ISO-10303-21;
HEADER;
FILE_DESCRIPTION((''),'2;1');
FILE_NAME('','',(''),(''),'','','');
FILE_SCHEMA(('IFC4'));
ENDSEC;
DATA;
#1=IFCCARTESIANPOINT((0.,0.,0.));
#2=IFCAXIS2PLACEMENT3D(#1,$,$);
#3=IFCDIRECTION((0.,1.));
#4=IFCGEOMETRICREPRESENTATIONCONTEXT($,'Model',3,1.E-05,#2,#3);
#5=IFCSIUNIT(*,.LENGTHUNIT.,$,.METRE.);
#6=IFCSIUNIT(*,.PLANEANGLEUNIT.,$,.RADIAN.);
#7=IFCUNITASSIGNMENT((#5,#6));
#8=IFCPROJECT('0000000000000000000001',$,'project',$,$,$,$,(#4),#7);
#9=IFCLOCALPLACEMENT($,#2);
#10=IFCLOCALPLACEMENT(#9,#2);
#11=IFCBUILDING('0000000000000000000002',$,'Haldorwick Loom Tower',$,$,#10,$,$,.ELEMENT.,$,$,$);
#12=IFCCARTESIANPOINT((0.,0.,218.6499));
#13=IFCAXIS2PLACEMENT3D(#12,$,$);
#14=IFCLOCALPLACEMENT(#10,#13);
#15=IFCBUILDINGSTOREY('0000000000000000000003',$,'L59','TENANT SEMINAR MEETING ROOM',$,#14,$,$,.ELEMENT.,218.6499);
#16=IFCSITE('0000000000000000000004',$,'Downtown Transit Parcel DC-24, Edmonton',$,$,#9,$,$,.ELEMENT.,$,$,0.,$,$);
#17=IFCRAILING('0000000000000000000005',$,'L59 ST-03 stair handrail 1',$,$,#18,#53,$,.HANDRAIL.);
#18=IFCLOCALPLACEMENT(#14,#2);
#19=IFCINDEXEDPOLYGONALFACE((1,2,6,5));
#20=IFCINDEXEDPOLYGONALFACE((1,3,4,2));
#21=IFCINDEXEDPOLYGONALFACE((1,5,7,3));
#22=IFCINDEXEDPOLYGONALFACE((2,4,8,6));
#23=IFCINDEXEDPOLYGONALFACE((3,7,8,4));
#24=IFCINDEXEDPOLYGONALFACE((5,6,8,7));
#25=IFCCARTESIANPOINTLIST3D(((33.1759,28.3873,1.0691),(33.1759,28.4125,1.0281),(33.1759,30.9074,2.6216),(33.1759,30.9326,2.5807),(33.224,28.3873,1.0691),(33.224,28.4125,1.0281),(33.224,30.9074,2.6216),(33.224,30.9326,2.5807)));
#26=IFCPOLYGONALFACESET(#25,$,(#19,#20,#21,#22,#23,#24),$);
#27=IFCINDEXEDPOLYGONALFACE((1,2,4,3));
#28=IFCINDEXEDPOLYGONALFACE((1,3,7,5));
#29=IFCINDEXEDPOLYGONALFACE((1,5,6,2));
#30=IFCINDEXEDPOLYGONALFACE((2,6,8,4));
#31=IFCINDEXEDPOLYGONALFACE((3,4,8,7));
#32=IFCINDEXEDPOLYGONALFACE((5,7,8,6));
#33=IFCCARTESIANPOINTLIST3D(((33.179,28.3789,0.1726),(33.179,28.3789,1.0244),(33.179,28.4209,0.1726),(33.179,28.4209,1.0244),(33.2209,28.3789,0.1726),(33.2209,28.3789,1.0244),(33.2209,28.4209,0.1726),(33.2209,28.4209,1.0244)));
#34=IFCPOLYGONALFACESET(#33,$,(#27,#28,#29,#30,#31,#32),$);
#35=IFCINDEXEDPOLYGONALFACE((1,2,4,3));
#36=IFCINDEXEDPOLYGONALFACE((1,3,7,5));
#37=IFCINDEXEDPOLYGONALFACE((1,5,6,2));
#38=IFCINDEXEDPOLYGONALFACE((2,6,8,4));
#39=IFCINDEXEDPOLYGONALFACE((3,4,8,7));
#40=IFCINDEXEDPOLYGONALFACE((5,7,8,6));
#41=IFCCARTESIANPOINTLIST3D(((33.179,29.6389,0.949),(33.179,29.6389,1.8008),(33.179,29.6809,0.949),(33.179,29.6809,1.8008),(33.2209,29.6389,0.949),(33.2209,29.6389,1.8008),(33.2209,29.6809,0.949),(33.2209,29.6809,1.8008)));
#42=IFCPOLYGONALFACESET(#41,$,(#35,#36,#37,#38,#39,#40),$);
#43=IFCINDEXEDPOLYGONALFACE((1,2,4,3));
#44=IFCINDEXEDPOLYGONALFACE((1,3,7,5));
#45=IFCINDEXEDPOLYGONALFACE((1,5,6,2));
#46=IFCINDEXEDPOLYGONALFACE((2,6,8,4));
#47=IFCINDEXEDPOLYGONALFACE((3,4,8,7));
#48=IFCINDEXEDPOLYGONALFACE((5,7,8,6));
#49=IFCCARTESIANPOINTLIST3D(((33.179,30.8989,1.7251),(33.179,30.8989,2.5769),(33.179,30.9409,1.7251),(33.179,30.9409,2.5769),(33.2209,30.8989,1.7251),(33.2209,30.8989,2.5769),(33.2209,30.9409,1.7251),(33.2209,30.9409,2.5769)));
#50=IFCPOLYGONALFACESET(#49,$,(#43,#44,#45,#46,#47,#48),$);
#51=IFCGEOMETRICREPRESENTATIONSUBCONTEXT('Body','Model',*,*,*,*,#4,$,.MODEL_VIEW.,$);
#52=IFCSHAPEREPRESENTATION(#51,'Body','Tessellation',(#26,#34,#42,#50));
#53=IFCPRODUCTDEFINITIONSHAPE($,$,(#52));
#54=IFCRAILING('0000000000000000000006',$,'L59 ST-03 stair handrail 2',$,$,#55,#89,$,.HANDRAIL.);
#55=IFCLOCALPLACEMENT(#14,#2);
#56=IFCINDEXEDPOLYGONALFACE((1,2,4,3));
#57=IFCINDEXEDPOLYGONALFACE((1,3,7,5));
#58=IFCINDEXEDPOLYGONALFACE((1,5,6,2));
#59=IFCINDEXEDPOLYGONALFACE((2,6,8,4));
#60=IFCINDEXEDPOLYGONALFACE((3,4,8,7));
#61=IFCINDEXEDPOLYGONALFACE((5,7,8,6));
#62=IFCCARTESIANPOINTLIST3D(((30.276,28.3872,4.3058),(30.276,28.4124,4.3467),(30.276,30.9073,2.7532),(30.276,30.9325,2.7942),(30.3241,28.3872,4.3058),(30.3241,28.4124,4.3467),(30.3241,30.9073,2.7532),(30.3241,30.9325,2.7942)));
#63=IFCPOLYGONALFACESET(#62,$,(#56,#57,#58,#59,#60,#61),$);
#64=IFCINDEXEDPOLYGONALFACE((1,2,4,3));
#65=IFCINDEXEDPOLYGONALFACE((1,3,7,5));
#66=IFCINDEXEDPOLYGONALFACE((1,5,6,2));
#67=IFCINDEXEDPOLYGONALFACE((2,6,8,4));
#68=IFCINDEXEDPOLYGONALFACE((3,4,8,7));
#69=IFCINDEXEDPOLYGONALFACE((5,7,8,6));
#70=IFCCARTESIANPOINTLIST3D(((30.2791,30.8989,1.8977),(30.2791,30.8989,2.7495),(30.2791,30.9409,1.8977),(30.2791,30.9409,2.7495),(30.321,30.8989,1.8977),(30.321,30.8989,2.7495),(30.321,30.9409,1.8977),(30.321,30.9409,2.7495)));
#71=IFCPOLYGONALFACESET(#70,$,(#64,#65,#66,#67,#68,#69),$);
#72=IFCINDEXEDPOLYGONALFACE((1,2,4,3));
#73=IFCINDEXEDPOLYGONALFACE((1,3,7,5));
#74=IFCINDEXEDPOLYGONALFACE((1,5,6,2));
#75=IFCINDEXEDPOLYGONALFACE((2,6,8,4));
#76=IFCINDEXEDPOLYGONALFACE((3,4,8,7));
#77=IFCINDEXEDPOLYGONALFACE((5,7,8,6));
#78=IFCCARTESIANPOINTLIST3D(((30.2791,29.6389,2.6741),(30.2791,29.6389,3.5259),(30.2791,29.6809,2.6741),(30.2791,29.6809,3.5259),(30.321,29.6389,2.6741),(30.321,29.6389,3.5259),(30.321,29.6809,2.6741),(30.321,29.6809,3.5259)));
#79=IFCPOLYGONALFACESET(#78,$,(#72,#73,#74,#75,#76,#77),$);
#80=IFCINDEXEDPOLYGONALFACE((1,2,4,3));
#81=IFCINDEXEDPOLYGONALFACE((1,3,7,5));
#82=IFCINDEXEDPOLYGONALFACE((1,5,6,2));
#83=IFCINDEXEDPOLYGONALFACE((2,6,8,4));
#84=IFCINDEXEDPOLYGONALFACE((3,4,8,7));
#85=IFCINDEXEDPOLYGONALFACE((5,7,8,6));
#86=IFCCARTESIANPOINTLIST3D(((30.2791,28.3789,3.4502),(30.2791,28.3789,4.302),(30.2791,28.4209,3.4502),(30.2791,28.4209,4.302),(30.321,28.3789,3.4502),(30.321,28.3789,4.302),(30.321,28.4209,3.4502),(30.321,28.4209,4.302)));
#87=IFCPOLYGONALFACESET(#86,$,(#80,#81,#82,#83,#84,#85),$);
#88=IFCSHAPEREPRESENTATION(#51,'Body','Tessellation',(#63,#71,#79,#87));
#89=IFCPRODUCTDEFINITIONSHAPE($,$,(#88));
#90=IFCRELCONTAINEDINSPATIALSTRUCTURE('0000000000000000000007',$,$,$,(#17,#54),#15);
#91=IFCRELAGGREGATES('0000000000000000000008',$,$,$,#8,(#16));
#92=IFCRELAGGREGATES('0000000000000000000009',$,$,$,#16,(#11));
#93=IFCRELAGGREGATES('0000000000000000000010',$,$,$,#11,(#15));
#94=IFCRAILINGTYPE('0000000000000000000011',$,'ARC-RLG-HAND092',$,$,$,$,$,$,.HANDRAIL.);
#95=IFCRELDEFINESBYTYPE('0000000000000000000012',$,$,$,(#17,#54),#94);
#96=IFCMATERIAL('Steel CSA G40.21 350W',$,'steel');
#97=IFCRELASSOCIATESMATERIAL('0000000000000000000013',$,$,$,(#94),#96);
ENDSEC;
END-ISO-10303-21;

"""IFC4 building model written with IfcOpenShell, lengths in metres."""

from ifc_helpers import new_model, si_unit, direction, frame, origin, origin_2d, place, context, subcontext, project, spatial, rectangle, extrude, material, type_object, element, save


model = new_model("IFC4")

# Units and contexts
model_context = context("Model", 3, precision=1e-05, world=origin(), true_north=direction((0.0, 1.0)))
body_context = subcontext(model_context, "Body", "Model", "MODEL_VIEW")
ifc_project = project(units=[si_unit("LENGTHUNIT", "METRE"), si_unit("PLANEANGLEUNIT", "RADIAN")], contexts=[model_context])

# Site, building, storey
site_placement = place(None, origin())
site = spatial("IfcSite", under=ifc_project, at=site_placement, Name="Downtown Transit Parcel DC-24, Edmonton", CompositionType="ELEMENT", RefElevation=0.0)
building_placement = place(site_placement, origin())
building = spatial("IfcBuilding", under=site, at=building_placement, Name="Haldorwick Loom Tower", CompositionType="ELEMENT")
storey_placement = place(building_placement, frame((0.0, 0.0, 218.6499)))
storey = spatial("IfcBuildingStorey", under=building, at=storey_placement, Name="L59", Description="TENANT SEMINAR MEETING ROOM", CompositionType="ELEMENT", Elevation=218.6499)

# Shared definitions
ifc_material_1 = material(Name="Steel CSA G40.21 350W", Category="steel")

# Railings
railing_type_1 = type_object("IfcRailingType", Name="ARC-RLG-HAND092", PredefinedType="HANDRAIL", material=ifc_material_1)
railing_1_placement = place(storey_placement, frame((33.2, 28.3999, 0.1726)))
element("IfcRailing", 1, at=railing_1_placement, inside=storey, type_object=railing_type_1, Name="L59 ST-03 stair handrail 1", PredefinedType="HANDRAIL", context=body_context, shape_type="SweptSolid", body=[
    extrude(rectangle(XDim=0.0481, YDim=0.0481, at=origin_2d()), frame((0.0, 0.0, 0.876), z_axis=(0.0, 0.8514, 0.524516), x_axis=(-1.0, 0.0, 0.0)), (0.0, 0.0, 1.0), 2.96),
    extrude(rectangle(XDim=0.042, YDim=0.042, at=origin_2d()), origin(), (0.0, 0.0, 1.0), 0.8518),
    extrude(rectangle(XDim=0.042, YDim=0.042, at=origin_2d()), frame((0.0, 1.26, 0.7764)), (0.0, 0.0, 1.0), 0.8518),
    extrude(rectangle(XDim=0.042, YDim=0.042, at=origin_2d()), frame((0.0, 2.52, 1.5525)), (0.0, 0.0, 1.0), 0.8518),
])
railing_2_placement = place(storey_placement, frame((30.3, 30.9199, 1.8977)))
element("IfcRailing", 2, at=railing_2_placement, inside=storey, type_object=railing_type_1, Name="L59 ST-03 stair handrail 2", PredefinedType="HANDRAIL", context=body_context, shape_type="SweptSolid", body=[
    extrude(rectangle(XDim=0.0481, YDim=0.0481, at=origin_2d()), frame((0.0, 0.0, 0.876), z_axis=(0.0, -0.8514, 0.524516), x_axis=(1.0, 0.0, 0.0)), (0.0, 0.0, 1.0), 2.96),
    extrude(rectangle(XDim=0.042, YDim=0.042, at=origin_2d()), origin(), (0.0, 0.0, 1.0), 0.8518),
    extrude(rectangle(XDim=0.042, YDim=0.042, at=origin_2d()), frame((0.0, -1.26, 0.7764)), (0.0, 0.0, 1.0), 0.8518),
    extrude(rectangle(XDim=0.042, YDim=0.042, at=origin_2d()), frame((0.0, -2.52, 1.5525)), (0.0, 0.0, 1.0), 0.8518),
])

save(model, "model.ifc")
